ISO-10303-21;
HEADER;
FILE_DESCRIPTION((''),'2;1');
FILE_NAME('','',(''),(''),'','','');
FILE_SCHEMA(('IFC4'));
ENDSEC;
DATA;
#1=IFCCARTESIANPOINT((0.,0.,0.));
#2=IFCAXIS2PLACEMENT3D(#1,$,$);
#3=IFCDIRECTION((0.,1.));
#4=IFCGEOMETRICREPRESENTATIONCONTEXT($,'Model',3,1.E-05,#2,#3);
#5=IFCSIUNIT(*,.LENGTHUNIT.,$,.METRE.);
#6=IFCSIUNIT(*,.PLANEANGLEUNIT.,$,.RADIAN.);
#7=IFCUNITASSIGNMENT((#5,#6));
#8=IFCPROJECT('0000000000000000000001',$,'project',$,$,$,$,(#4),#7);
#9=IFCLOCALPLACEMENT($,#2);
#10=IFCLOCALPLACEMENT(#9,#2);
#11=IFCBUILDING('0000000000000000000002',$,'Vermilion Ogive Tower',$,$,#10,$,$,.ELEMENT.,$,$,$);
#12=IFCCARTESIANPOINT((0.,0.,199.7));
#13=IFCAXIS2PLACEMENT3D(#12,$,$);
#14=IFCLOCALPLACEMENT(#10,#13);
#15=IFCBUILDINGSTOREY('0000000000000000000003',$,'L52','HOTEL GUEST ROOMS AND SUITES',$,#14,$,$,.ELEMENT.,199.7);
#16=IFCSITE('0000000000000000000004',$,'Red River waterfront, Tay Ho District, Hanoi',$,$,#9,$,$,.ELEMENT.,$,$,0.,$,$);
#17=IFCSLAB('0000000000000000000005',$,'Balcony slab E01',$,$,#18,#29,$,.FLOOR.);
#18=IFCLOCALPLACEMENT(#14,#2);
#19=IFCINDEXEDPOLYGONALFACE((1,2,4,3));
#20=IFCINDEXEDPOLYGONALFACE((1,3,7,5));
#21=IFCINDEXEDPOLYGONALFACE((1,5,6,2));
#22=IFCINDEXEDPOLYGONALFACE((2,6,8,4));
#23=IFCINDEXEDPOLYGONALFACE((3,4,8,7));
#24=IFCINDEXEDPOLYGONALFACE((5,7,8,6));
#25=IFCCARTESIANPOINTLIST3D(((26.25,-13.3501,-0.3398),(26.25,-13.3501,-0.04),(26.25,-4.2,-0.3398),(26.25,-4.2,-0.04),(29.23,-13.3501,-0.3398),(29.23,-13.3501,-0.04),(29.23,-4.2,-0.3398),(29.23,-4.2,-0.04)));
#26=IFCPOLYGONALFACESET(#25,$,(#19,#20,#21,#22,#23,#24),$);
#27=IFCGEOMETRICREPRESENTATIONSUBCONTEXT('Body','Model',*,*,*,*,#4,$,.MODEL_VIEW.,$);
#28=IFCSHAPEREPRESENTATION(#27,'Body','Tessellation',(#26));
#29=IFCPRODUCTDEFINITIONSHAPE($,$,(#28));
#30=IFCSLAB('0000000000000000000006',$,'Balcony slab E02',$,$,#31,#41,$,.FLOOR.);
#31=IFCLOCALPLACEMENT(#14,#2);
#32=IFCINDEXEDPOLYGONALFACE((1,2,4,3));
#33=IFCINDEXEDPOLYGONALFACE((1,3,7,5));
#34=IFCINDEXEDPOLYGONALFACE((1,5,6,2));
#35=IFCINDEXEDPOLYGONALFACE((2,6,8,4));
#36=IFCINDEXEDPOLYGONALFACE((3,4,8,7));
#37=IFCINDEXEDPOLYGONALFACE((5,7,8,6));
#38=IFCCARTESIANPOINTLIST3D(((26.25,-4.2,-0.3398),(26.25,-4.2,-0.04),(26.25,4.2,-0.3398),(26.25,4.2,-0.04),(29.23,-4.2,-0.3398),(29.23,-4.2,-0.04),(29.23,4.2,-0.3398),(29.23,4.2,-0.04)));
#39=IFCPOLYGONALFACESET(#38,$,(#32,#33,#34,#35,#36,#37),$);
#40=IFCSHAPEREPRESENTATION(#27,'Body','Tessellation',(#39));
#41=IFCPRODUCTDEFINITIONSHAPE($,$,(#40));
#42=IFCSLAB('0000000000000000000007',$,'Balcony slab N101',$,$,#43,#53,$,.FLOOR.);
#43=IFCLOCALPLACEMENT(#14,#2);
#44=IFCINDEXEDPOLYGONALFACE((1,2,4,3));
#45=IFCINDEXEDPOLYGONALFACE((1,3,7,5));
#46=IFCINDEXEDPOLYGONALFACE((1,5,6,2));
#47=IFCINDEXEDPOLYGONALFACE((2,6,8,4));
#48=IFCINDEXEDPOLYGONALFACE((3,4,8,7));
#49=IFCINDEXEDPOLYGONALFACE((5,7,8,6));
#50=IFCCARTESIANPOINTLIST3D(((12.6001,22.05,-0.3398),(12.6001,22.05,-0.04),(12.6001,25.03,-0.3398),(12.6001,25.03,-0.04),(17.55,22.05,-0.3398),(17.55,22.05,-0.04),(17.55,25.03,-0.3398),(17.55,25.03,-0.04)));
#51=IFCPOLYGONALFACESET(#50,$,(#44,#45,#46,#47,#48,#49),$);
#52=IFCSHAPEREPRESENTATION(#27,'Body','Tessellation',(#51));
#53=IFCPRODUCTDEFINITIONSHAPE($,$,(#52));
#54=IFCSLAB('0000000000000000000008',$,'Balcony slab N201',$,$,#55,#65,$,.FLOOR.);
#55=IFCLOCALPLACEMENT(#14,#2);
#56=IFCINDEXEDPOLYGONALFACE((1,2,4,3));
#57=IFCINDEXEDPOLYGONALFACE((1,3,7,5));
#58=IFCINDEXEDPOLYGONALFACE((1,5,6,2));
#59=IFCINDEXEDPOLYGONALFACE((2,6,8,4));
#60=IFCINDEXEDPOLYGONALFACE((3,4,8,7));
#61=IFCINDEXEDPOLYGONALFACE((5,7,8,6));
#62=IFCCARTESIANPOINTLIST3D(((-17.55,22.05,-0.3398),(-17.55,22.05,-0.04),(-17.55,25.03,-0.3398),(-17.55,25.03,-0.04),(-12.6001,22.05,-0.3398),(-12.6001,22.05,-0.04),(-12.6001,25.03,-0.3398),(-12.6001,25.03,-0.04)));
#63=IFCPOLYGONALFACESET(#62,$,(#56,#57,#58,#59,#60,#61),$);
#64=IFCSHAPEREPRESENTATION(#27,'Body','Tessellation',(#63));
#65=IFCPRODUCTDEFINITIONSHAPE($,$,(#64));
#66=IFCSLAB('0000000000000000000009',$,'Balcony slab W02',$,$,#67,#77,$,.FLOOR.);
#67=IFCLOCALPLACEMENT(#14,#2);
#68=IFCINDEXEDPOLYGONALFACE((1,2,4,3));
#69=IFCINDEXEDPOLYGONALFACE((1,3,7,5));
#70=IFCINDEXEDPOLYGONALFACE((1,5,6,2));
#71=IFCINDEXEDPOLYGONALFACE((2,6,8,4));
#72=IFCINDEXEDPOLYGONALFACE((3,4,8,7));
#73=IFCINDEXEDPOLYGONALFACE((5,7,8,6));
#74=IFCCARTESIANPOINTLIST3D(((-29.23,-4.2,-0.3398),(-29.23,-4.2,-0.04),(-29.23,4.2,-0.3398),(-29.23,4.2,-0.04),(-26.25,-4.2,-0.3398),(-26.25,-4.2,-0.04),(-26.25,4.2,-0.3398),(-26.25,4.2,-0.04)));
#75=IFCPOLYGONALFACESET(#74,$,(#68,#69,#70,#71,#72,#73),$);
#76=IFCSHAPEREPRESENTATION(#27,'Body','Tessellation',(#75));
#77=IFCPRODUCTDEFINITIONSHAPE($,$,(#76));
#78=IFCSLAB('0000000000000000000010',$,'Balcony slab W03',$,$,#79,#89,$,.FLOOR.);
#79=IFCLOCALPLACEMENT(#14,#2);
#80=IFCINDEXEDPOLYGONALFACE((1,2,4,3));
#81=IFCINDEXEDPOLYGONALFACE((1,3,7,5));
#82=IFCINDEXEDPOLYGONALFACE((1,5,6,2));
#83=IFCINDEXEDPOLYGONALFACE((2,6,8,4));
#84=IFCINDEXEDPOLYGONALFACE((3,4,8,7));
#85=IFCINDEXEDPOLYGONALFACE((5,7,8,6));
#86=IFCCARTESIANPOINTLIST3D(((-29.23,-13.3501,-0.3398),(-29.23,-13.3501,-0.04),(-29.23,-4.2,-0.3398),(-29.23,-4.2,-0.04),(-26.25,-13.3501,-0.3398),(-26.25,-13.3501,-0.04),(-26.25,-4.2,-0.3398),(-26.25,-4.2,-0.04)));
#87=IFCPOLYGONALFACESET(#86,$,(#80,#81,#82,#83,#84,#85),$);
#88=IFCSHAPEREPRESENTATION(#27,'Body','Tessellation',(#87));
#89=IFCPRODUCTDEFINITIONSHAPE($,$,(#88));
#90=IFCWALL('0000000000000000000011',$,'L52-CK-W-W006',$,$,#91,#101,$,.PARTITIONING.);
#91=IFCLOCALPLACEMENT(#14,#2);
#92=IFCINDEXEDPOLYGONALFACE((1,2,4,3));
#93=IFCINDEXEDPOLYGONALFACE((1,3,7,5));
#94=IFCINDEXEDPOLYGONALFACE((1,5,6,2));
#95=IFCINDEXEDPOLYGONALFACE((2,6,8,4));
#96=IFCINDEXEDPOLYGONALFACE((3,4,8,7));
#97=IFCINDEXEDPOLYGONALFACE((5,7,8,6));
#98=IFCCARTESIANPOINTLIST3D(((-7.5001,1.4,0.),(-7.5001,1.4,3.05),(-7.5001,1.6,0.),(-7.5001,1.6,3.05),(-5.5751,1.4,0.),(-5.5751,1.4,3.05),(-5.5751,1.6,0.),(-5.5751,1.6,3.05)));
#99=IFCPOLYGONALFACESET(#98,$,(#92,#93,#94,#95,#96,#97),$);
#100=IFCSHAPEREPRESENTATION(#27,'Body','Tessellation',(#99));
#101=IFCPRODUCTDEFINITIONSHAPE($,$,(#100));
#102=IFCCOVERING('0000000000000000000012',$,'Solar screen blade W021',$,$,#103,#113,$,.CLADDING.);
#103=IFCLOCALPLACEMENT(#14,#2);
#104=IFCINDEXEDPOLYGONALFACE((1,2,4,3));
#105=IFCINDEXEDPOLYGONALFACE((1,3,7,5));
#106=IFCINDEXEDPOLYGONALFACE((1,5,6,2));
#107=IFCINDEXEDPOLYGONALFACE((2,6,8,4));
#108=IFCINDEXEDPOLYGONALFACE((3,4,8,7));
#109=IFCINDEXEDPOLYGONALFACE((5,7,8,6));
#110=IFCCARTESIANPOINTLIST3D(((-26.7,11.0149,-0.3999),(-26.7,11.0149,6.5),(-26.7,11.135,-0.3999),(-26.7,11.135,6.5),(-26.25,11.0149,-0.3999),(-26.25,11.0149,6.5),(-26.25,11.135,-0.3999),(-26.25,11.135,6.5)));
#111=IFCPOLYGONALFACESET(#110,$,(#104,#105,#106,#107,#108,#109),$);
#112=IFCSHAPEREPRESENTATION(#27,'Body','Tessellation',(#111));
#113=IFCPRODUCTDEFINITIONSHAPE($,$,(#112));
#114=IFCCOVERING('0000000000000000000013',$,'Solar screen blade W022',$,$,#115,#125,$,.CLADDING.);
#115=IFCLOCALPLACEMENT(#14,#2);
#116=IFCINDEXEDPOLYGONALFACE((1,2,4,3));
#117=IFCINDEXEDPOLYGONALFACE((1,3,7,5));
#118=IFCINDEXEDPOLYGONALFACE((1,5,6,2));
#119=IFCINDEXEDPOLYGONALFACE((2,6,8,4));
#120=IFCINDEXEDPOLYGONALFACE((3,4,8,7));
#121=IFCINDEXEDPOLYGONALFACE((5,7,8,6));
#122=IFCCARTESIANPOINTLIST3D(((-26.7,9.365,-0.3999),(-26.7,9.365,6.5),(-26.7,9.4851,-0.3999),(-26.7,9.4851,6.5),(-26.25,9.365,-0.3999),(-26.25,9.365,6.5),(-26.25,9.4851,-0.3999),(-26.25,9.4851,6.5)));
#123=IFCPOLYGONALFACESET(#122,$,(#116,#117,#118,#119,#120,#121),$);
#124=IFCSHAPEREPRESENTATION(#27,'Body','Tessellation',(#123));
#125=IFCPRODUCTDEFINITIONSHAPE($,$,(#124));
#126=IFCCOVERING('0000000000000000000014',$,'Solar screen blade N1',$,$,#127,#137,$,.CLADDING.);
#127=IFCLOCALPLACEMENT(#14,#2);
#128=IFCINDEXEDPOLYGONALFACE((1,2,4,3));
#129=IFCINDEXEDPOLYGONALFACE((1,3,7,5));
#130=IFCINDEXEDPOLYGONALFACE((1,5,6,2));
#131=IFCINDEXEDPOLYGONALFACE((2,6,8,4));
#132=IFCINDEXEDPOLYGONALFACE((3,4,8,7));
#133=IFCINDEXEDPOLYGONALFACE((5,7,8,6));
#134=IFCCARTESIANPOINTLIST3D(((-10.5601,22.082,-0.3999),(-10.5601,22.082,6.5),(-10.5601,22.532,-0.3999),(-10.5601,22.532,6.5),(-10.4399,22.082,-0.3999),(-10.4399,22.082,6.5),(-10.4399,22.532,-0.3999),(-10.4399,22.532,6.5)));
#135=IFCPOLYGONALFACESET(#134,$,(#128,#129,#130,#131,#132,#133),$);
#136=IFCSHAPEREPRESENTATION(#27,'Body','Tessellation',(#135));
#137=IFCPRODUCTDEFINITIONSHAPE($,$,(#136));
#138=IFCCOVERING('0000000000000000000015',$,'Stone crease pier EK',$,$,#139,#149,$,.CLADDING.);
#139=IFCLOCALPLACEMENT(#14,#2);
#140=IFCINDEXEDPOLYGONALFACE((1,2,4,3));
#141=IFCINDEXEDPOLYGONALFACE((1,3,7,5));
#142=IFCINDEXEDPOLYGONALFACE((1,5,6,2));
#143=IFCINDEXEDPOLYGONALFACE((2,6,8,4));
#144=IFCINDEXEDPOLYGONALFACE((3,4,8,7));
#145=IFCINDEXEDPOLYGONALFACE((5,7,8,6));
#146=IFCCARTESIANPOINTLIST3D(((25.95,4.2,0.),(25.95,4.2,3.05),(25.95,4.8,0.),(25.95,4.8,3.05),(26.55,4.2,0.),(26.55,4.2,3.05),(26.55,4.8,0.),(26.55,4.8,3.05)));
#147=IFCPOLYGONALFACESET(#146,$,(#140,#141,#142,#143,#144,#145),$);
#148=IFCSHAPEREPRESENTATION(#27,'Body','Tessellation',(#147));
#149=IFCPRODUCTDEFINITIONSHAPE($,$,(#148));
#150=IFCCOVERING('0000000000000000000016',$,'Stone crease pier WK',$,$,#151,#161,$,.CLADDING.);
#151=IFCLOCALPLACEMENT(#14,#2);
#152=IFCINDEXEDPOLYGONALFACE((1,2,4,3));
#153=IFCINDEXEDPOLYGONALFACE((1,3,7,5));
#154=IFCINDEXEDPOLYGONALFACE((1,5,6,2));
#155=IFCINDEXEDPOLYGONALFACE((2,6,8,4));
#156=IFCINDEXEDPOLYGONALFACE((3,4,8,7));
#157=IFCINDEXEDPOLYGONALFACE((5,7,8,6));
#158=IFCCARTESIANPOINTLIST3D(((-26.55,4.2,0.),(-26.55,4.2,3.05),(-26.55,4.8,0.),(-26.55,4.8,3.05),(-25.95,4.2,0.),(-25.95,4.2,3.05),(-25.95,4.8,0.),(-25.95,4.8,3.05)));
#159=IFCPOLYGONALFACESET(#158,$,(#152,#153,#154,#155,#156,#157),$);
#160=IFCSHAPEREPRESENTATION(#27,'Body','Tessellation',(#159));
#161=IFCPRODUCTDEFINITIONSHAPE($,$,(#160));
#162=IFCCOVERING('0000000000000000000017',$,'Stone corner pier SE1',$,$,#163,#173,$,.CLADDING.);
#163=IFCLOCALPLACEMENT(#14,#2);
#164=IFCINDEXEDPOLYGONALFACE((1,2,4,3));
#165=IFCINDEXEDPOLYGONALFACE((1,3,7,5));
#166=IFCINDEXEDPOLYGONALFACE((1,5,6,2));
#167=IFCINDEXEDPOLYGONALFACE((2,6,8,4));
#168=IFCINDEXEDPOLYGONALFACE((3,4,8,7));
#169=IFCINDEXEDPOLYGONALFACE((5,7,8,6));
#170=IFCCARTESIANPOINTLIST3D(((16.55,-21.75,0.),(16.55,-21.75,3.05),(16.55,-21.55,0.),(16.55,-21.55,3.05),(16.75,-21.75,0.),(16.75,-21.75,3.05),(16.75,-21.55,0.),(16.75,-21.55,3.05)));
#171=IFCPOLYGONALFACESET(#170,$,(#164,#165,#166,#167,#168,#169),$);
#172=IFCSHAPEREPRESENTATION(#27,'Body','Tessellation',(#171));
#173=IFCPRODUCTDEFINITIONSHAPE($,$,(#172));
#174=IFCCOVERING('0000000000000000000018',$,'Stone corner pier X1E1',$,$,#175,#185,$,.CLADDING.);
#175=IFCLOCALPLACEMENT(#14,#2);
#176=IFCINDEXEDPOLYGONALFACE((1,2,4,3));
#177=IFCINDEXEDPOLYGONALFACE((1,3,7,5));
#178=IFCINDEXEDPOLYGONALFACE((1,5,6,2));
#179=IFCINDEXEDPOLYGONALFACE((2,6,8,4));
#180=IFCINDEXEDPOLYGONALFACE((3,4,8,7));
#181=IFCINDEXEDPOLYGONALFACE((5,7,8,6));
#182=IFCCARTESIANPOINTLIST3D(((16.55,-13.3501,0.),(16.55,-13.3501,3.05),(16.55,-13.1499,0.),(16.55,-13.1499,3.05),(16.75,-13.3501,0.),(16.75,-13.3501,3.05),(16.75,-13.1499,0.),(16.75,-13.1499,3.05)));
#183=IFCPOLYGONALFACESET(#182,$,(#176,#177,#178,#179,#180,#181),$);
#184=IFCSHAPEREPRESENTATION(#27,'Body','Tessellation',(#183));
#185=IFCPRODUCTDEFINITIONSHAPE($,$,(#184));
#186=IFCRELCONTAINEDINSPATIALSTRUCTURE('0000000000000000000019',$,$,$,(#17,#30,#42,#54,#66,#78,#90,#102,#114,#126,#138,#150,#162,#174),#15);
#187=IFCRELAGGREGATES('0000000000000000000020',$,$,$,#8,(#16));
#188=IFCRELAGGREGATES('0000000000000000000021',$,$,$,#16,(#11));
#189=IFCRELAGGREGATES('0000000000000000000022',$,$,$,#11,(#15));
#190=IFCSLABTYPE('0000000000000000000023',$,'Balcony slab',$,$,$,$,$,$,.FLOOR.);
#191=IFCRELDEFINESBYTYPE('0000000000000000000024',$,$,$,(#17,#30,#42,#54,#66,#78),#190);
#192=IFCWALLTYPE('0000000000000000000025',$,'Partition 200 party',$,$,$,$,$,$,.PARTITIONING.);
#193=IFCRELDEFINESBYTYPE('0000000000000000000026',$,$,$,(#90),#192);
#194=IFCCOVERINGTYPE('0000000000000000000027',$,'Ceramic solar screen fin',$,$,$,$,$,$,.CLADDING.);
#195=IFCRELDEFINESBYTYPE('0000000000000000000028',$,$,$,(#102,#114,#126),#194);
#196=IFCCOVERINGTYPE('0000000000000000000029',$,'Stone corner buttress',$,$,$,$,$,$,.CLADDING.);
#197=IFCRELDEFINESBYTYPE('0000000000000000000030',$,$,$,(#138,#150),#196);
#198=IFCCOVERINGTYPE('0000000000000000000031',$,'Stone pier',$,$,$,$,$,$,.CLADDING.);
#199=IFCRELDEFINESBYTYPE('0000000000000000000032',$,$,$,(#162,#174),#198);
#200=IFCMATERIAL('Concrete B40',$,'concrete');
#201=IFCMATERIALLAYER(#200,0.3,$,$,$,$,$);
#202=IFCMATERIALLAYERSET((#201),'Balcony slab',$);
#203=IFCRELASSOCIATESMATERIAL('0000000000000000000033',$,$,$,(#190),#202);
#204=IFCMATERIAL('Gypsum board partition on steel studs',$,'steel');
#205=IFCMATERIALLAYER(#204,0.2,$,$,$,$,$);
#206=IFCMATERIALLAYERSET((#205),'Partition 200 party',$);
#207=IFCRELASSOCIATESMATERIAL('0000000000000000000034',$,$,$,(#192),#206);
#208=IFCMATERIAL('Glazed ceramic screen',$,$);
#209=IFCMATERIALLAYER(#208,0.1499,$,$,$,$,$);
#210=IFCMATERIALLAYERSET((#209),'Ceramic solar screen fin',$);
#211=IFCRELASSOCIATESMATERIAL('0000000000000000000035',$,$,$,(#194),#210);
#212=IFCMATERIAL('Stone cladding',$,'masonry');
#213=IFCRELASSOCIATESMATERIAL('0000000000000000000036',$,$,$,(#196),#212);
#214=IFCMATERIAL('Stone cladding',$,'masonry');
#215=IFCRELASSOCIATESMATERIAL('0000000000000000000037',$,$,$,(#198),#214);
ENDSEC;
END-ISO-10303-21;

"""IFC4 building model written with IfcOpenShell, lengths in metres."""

from ifc_helpers import new_model, si_unit, direction, frame, frame_2d, origin, place, context, subcontext, project, spatial, polyline, rectangle, outline, extrude, material, layer, layer_set, type_object, element, save


model = new_model("IFC4")

# Units and contexts
model_context = context("Model", 3, precision=1e-05, world=origin(), true_north=direction((0.0, 1.0)))
body_context = subcontext(model_context, "Body", "Model", "MODEL_VIEW")
ifc_project = project(units=[si_unit("LENGTHUNIT", "METRE"), si_unit("PLANEANGLEUNIT", "RADIAN")], contexts=[model_context])

# Site, building, storey
site_placement = place(None, origin())
site = spatial("IfcSite", under=ifc_project, at=site_placement, Name="Red River waterfront, Tay Ho District, Hanoi", CompositionType="ELEMENT", RefElevation=0.0)
building_placement = place(site_placement, origin())
building = spatial("IfcBuilding", under=site, at=building_placement, Name="Vermilion Ogive Tower", CompositionType="ELEMENT")
storey_placement = place(building_placement, frame((0.0, 0.0, 199.7)))
storey = spatial("IfcBuildingStorey", under=building, at=storey_placement, Name="L52", Description="HOTEL GUEST ROOMS AND SUITES", CompositionType="ELEMENT", Elevation=199.7)

# Slabs
ifc_material_1 = material(Name="Concrete B40", Category="concrete")
ifc_layer_1 = layer(ifc_material_1, 0.3)
ifc_layer_set_1 = layer_set([ifc_layer_1], Name="Balcony slab")
slab_type = type_object("IfcSlabType", Name="Balcony slab", PredefinedType="FLOOR", material=ifc_layer_set_1)
slab_1_placement = place(storey_placement, frame((0.0, 0.0, -0.3398)))
element("IfcSlab", 1, at=slab_1_placement, inside=storey, type_object=slab_type, Name="Balcony slab E01", PredefinedType="FLOOR", context=body_context, shape_type="SweptSolid", body=[
    extrude(outline(polyline([(29.23, -13.3501), (29.23, -4.2), (26.25, -4.2), (26.25, -13.3501), (29.23, -13.3501)])), origin(), (0.0, 0.0, 1.0), 0.2998),
])
slab_2_placement = place(storey_placement, frame((0.0, 0.0, -0.3398)))
element("IfcSlab", 2, at=slab_2_placement, inside=storey, type_object=slab_type, Name="Balcony slab E02", PredefinedType="FLOOR", context=body_context, shape_type="SweptSolid", body=[
    extrude(outline(polyline([(29.23, -4.2), (29.23, 4.2), (26.25, 4.2), (26.25, -4.2), (29.23, -4.2)])), origin(), (0.0, 0.0, 1.0), 0.2998),
])
slab_3_placement = place(storey_placement, frame((0.0, 0.0, -0.3398)))
element("IfcSlab", 3, at=slab_3_placement, inside=storey, type_object=slab_type, Name="Balcony slab N101", PredefinedType="FLOOR", context=body_context, shape_type="SweptSolid", body=[
    extrude(outline(polyline([(17.55, 25.03), (12.6001, 25.03), (12.6001, 22.05), (17.55, 22.05), (17.55, 25.03)])), origin(), (0.0, 0.0, 1.0), 0.2998),
])
slab_4_placement = place(storey_placement, frame((0.0, 0.0, -0.3398)))
element("IfcSlab", 4, at=slab_4_placement, inside=storey, type_object=slab_type, Name="Balcony slab N201", PredefinedType="FLOOR", context=body_context, shape_type="SweptSolid", body=[
    extrude(outline(polyline([(-12.6001, 25.03), (-17.55, 25.03), (-17.55, 22.05), (-12.6001, 22.05), (-12.6001, 25.03)])), origin(), (0.0, 0.0, 1.0), 0.2998),
])
slab_5_placement = place(storey_placement, frame((0.0, 0.0, -0.3398)))
element("IfcSlab", 5, at=slab_5_placement, inside=storey, type_object=slab_type, Name="Balcony slab W02", PredefinedType="FLOOR", context=body_context, shape_type="SweptSolid", body=[
    extrude(outline(polyline([(-29.23, 4.2), (-29.23, -4.2), (-26.25, -4.2), (-26.25, 4.2), (-29.23, 4.2)])), origin(), (0.0, 0.0, 1.0), 0.2998),
])
slab_6_placement = place(storey_placement, frame((0.0, 0.0, -0.3398)))
element("IfcSlab", 6, at=slab_6_placement, inside=storey, type_object=slab_type, Name="Balcony slab W03", PredefinedType="FLOOR", context=body_context, shape_type="SweptSolid", body=[
    extrude(outline(polyline([(-29.23, -4.2), (-29.23, -13.3501), (-26.25, -13.3501), (-26.25, -4.2), (-29.23, -4.2)])), origin(), (0.0, 0.0, 1.0), 0.2998),
])

# Wall
ifc_material_2 = material(Name="Gypsum board partition on steel studs", Category="steel")
ifc_layer_2 = layer(ifc_material_2, 0.2)
ifc_layer_set_2 = layer_set([ifc_layer_2], Name="Partition 200 party")
wall_type = type_object("IfcWallType", Name="Partition 200 party", PredefinedType="PARTITIONING", material=ifc_layer_set_2)
wall_placement = place(storey_placement, frame((-7.5, 1.5, 0.0), z_axis=(0.0, 0.0, 1.0), x_axis=(1.0, 0.0, 0.0)))
element("IfcWall", 7, at=wall_placement, inside=storey, type_object=wall_type, Name="L52-CK-W-W006", PredefinedType="PARTITIONING", context=body_context, shape_type="SweptSolid", body=[
    extrude(rectangle(XDim=1.925, YDim=0.2, at=frame_2d((0.9624, 0.0))), origin(), (0.0, 0.0, 1.0), 3.05),
])

# Coverings
ifc_material_3 = material(Name="Glazed ceramic screen")
ifc_layer_3 = layer(ifc_material_3, 0.1499)
ifc_layer_set_3 = layer_set([ifc_layer_3], Name="Ceramic solar screen fin")
covering_type_1 = type_object("IfcCoveringType", Name="Ceramic solar screen fin", PredefinedType="CLADDING", material=ifc_layer_set_3)
covering_1_placement = place(storey_placement, frame((0.0, 0.0, -0.3999)))
element("IfcCovering", 8, at=covering_1_placement, inside=storey, type_object=covering_type_1, Name="Solar screen blade W021", PredefinedType="CLADDING", context=body_context, shape_type="SweptSolid", body=[
    extrude(outline(polyline([(-26.7, 11.135), (-26.7, 11.0149), (-26.25, 11.0149), (-26.25, 11.135), (-26.7, 11.135)])), origin(), (0.0, 0.0, 1.0), 6.8999),
])
covering_2_placement = place(storey_placement, frame((0.0, 0.0, -0.3999)))
element("IfcCovering", 9, at=covering_2_placement, inside=storey, type_object=covering_type_1, Name="Solar screen blade W022", PredefinedType="CLADDING", context=body_context, shape_type="SweptSolid", body=[
    extrude(outline(polyline([(-26.7, 9.4851), (-26.7, 9.365), (-26.25, 9.365), (-26.25, 9.4851), (-26.7, 9.4851)])), origin(), (0.0, 0.0, 1.0), 6.8999),
])
covering_3_placement = place(storey_placement, frame((0.0, 0.0, -0.3999)))
element("IfcCovering", 10, at=covering_3_placement, inside=storey, type_object=covering_type_1, Name="Solar screen blade N1", PredefinedType="CLADDING", context=body_context, shape_type="SweptSolid", body=[
    extrude(outline(polyline([(-10.5601, 22.082), (-10.4399, 22.082), (-10.4399, 22.532), (-10.5601, 22.532), (-10.5601, 22.082)])), origin(), (0.0, 0.0, 1.0), 6.8999),
])
ifc_material_4 = material(Name="Stone cladding", Category="masonry")
covering_type_2 = type_object("IfcCoveringType", Name="Stone corner buttress", PredefinedType="CLADDING", material=ifc_material_4)
covering_4_placement = place(storey_placement, origin())
element("IfcCovering", 11, at=covering_4_placement, inside=storey, type_object=covering_type_2, Name="Stone crease pier EK", PredefinedType="CLADDING", context=body_context, shape_type="SweptSolid", body=[
    extrude(outline(polyline([(26.55, 4.2), (26.55, 4.8), (25.95, 4.8), (25.95, 4.2), (26.55, 4.2)])), origin(), (0.0, 0.0, 1.0), 3.05),
])
covering_5_placement = place(storey_placement, origin())
element("IfcCovering", 12, at=covering_5_placement, inside=storey, type_object=covering_type_2, Name="Stone crease pier WK", PredefinedType="CLADDING", context=body_context, shape_type="SweptSolid", body=[
    extrude(outline(polyline([(-26.55, 4.8), (-26.55, 4.2), (-25.95, 4.2), (-25.95, 4.8), (-26.55, 4.8)])), origin(), (0.0, 0.0, 1.0), 3.05),
])
ifc_material_5 = material(Name="Stone cladding", Category="masonry")
covering_type_3 = type_object("IfcCoveringType", Name="Stone pier", PredefinedType="CLADDING", material=ifc_material_5)
covering_6_placement = place(storey_placement, origin())
element("IfcCovering", 13, at=covering_6_placement, inside=storey, type_object=covering_type_3, Name="Stone corner pier SE1", PredefinedType="CLADDING", context=body_context, shape_type="SweptSolid", body=[
    extrude(outline(polyline([(16.55, -21.55), (16.75, -21.55), (16.75, -21.75), (16.55, -21.75), (16.55, -21.55)])), origin(), (0.0, 0.0, 1.0), 3.05),
])
covering_7_placement = place(storey_placement, origin())
element("IfcCovering", 14, at=covering_7_placement, inside=storey, type_object=covering_type_3, Name="Stone corner pier X1E1", PredefinedType="CLADDING", context=body_context, shape_type="SweptSolid", body=[
    extrude(outline(polyline([(16.55, -13.1499), (16.75, -13.1499), (16.75, -13.3501), (16.55, -13.3501), (16.55, -13.1499)])), origin(), (0.0, 0.0, 1.0), 3.05),
])

save(model, "model.ifc")
